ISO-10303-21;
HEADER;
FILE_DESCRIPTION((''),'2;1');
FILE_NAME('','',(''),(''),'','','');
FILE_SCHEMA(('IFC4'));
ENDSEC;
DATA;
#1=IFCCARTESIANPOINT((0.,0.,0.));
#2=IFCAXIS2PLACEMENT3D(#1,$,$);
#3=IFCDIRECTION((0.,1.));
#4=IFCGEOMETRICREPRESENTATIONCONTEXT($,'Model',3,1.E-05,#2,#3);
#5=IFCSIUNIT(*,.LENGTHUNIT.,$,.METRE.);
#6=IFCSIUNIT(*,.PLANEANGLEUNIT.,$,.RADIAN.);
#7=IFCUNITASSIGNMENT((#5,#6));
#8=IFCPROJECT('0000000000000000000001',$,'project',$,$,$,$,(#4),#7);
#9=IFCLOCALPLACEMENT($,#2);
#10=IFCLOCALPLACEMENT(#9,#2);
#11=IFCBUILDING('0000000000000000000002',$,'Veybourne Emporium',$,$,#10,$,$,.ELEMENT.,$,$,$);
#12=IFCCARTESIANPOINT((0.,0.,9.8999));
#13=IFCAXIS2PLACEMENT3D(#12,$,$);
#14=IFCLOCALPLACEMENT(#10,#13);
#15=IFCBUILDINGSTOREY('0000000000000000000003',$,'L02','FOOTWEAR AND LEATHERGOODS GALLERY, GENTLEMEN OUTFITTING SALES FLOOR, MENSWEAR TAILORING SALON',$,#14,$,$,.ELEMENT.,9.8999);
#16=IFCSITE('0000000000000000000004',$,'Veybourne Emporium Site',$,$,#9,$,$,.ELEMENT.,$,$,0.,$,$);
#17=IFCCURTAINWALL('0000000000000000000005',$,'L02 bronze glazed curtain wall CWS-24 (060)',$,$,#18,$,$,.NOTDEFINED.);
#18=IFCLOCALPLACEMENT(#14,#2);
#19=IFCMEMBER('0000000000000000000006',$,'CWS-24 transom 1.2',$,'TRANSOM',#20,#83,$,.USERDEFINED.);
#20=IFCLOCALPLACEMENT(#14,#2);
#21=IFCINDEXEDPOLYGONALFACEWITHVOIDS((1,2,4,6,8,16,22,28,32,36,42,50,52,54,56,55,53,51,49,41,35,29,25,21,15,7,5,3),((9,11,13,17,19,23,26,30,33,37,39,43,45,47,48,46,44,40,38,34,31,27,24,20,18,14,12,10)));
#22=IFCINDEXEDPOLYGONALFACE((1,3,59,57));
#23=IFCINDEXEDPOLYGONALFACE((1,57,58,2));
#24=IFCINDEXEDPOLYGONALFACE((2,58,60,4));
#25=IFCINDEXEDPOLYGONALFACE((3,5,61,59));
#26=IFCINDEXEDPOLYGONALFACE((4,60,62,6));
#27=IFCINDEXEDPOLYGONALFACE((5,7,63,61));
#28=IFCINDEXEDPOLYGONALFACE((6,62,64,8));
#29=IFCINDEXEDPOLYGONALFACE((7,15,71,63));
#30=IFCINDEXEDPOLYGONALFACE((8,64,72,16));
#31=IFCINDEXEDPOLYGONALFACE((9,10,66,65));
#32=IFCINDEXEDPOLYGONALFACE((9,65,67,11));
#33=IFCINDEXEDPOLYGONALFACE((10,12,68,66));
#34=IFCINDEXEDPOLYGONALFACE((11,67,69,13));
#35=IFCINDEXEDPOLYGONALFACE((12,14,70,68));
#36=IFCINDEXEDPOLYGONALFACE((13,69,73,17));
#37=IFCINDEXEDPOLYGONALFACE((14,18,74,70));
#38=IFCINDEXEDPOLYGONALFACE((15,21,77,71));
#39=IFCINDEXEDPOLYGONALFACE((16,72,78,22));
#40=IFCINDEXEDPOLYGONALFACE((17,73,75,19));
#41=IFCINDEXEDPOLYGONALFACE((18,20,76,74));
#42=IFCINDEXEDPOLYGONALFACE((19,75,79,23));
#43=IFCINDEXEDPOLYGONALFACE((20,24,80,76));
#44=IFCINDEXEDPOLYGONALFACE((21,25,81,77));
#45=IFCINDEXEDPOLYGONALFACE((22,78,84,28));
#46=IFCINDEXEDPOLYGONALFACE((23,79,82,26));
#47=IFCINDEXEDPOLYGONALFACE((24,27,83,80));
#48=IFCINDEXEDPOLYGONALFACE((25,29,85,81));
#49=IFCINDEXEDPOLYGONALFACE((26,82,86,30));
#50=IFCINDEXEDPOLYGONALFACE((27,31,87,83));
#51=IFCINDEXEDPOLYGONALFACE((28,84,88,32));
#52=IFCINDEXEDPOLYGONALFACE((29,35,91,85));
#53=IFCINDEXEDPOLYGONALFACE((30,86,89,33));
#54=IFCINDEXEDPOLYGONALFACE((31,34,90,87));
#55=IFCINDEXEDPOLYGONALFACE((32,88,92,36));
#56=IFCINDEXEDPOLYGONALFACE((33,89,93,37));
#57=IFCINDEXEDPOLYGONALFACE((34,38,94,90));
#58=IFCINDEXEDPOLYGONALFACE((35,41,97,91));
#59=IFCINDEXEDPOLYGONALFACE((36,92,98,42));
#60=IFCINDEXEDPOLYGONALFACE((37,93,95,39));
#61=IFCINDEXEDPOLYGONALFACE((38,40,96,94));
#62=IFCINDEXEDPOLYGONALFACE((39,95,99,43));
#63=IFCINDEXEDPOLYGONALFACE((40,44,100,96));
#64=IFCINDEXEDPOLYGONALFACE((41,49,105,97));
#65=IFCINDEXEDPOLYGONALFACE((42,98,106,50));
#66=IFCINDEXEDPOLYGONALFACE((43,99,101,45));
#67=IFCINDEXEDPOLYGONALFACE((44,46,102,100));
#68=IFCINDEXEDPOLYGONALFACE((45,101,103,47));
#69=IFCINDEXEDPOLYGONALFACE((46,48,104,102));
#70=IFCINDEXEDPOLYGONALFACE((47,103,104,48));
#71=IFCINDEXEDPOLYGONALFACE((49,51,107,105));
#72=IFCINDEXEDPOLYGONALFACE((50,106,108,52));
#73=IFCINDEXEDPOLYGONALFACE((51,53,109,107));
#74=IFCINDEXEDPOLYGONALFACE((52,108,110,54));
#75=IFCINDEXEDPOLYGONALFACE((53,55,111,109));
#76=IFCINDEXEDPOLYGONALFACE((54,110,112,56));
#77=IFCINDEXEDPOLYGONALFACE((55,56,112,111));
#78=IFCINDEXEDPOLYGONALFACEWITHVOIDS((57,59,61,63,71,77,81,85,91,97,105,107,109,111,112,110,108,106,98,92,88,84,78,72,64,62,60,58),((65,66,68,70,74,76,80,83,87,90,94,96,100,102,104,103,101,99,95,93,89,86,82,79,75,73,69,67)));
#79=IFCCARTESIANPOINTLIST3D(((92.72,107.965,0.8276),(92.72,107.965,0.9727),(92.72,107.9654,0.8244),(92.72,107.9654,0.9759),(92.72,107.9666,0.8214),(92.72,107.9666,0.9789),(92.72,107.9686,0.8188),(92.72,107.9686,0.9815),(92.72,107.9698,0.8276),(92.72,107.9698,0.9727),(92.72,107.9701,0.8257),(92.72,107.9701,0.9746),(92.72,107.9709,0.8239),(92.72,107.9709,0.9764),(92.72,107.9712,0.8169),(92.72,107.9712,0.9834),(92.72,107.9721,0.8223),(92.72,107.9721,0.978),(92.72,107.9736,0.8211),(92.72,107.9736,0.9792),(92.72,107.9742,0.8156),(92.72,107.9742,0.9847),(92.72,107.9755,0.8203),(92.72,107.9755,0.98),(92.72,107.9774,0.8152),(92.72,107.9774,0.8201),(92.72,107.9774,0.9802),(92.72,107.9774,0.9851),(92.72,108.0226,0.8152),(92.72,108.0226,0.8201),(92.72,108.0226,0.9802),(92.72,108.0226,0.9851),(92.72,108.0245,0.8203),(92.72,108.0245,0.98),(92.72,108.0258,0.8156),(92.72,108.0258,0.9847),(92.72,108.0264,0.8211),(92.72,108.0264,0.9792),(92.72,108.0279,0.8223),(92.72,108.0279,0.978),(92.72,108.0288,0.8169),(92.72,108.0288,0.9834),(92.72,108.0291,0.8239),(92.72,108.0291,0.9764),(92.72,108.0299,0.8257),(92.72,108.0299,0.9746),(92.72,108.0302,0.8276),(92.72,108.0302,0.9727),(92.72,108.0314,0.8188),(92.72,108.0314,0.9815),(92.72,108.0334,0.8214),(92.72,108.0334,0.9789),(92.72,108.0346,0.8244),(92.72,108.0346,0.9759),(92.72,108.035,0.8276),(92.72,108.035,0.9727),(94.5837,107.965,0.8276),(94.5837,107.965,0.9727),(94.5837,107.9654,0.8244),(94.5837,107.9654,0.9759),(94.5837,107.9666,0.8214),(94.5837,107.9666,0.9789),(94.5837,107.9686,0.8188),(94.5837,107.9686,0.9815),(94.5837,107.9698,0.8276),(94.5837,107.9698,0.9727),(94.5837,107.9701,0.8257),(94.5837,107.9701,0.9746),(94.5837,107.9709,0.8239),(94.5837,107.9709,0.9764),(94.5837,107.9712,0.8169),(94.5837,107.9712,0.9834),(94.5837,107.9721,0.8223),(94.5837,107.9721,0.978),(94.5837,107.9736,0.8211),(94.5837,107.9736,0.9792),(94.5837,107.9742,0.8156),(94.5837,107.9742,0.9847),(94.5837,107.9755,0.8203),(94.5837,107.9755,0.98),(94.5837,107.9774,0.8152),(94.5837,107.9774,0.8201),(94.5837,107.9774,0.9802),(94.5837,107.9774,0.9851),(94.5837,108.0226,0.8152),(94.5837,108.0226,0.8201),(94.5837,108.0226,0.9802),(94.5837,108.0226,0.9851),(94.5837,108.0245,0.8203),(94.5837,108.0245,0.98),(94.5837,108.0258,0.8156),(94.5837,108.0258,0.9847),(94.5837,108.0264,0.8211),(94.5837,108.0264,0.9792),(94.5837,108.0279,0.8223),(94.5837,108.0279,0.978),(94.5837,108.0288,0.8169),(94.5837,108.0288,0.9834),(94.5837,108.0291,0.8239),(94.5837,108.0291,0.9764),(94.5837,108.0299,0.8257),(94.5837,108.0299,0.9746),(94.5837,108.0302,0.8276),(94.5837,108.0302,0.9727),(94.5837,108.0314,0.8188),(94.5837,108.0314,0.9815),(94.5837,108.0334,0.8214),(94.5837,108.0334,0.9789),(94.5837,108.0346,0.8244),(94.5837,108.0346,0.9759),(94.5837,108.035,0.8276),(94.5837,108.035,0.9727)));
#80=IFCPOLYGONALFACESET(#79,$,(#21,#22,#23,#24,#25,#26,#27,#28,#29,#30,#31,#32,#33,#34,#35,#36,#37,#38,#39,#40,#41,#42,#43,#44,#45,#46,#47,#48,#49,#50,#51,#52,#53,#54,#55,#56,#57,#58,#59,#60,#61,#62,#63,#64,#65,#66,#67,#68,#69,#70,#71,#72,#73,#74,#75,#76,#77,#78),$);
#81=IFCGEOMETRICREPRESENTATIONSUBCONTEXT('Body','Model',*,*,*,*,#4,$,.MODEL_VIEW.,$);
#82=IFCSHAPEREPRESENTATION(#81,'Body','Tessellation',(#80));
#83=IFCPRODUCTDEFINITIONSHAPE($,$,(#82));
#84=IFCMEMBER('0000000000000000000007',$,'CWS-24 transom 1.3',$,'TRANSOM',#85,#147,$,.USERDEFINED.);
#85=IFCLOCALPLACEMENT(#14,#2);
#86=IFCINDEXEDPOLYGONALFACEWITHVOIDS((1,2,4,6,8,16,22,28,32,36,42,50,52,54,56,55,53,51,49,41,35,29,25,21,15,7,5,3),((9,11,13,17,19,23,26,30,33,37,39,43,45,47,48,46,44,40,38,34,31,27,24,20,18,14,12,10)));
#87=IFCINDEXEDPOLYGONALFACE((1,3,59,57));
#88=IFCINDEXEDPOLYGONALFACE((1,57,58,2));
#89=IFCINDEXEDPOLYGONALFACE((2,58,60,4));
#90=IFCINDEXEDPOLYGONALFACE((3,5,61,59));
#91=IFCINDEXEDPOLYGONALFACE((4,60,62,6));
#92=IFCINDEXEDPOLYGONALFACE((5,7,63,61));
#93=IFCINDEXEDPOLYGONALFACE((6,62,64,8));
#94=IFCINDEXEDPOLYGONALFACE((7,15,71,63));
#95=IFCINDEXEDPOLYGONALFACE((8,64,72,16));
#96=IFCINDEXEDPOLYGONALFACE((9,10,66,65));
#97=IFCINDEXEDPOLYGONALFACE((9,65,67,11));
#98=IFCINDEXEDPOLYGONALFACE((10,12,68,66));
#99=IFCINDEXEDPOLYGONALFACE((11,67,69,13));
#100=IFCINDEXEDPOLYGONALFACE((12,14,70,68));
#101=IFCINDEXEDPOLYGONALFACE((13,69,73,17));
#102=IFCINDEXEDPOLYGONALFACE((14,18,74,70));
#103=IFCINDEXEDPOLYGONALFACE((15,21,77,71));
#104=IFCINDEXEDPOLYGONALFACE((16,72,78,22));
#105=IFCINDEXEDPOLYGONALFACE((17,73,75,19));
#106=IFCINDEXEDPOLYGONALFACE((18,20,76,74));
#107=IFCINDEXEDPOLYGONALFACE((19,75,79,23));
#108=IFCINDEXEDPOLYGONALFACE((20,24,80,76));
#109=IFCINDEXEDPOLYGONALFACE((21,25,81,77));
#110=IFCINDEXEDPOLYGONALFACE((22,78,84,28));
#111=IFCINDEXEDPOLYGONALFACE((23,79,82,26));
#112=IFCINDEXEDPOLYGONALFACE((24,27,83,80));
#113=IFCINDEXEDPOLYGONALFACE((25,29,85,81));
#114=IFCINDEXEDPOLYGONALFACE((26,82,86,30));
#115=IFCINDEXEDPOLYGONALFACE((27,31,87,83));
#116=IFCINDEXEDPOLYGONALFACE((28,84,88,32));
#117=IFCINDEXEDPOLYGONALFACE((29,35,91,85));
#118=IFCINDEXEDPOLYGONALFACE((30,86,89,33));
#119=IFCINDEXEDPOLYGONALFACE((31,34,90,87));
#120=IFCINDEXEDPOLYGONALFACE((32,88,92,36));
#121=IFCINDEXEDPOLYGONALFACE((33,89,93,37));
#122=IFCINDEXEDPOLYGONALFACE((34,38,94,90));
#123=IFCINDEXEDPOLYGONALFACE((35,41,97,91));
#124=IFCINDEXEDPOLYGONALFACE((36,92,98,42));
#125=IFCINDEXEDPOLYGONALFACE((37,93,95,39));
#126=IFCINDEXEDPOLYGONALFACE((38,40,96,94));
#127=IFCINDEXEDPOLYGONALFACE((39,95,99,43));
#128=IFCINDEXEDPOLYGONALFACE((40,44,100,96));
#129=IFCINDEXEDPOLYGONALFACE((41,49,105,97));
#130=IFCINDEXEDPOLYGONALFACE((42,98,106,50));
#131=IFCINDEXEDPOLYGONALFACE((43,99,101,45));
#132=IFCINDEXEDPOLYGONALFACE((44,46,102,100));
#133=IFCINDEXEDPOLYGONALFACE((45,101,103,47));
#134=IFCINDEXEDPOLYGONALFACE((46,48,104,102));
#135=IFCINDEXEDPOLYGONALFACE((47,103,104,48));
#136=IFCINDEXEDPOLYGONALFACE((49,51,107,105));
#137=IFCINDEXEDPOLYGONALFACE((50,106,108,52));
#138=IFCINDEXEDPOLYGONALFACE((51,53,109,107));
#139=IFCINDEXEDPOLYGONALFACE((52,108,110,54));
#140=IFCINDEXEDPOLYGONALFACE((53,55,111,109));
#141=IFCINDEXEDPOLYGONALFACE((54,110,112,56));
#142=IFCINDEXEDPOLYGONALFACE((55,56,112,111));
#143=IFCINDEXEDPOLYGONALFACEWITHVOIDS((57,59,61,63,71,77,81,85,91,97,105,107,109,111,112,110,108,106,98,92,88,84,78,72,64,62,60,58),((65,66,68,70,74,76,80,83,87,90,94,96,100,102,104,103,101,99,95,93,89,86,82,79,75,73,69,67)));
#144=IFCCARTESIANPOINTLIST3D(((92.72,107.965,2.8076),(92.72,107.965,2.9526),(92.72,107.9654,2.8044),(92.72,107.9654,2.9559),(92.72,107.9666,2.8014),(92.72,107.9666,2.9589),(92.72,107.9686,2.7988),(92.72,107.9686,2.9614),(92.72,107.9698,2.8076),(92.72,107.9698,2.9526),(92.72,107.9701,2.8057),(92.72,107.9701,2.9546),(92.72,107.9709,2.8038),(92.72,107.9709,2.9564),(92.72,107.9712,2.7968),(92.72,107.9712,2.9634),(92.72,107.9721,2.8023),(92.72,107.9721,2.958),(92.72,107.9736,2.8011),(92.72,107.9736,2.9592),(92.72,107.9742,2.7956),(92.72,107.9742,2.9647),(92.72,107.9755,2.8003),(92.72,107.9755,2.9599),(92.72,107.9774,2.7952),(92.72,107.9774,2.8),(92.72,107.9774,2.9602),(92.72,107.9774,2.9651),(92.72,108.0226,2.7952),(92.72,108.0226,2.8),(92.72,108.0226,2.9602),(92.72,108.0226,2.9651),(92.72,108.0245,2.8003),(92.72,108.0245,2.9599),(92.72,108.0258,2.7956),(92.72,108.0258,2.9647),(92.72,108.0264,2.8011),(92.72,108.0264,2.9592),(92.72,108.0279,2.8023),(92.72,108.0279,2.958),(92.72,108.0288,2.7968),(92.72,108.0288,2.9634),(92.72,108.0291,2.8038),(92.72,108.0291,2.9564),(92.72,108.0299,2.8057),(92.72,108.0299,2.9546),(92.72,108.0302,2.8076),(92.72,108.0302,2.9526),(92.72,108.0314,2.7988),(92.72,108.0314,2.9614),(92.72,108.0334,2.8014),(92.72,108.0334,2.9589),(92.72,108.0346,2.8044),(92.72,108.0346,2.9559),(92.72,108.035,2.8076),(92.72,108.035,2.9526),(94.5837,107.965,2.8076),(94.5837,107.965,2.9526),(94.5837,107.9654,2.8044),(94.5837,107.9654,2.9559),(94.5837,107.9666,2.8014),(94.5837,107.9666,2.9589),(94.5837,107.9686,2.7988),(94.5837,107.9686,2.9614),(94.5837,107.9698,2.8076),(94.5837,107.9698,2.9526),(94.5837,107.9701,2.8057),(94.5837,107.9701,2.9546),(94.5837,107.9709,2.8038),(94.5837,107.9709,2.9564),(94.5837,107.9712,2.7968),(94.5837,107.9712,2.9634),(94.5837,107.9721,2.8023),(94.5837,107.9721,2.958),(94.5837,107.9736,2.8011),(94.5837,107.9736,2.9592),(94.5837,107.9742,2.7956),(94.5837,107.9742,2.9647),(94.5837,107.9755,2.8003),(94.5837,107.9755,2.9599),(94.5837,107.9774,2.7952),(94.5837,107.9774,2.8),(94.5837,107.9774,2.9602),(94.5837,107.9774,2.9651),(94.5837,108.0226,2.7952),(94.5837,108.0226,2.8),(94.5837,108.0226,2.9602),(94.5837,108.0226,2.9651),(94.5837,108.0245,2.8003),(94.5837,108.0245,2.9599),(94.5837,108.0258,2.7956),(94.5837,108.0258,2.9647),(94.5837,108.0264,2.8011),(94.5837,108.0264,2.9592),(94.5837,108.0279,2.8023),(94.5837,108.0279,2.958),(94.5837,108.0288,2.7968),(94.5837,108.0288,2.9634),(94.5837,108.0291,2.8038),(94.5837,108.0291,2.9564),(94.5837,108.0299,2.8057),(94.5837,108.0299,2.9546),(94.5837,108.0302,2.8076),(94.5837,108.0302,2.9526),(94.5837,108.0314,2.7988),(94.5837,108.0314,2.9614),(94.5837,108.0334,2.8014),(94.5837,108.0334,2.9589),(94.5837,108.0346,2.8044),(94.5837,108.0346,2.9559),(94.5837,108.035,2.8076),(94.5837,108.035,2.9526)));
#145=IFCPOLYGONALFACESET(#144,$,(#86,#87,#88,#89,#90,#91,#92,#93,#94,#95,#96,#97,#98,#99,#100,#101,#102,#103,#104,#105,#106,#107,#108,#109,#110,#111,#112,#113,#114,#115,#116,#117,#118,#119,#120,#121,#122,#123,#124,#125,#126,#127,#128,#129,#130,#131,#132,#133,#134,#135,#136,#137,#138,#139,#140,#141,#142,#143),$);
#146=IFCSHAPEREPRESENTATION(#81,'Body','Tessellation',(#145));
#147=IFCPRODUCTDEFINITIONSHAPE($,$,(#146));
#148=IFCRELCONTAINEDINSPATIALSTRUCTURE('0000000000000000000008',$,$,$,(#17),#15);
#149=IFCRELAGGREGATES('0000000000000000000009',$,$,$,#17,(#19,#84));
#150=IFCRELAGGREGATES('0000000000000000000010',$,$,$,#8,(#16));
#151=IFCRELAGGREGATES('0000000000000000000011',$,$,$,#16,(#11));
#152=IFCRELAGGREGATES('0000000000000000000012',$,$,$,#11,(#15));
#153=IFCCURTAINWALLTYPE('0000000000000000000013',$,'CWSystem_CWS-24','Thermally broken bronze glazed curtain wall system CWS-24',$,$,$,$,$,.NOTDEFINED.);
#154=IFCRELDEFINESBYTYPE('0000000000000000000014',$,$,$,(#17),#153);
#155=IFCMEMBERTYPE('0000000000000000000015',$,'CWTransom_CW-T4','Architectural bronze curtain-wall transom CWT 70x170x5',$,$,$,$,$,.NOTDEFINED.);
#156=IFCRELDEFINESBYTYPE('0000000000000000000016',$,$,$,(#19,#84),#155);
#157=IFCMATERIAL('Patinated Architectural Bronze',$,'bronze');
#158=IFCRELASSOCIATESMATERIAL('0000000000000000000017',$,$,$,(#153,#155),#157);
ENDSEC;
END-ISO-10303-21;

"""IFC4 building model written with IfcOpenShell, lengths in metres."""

from ifc_helpers import new_model, si_unit, direction, frame, origin, origin_2d, place, context, subcontext, project, spatial, hollow_rectangle, extrude, material, material_profile, profile_set, type_object, element, aggregate, save


model = new_model("IFC4")

# Units and contexts
model_context = context("Model", 3, precision=1e-05, world=origin(), true_north=direction((0.0, 1.0)))
body_context = subcontext(model_context, "Body", "Model", "MODEL_VIEW")
ifc_project = project(units=[si_unit("LENGTHUNIT", "METRE"), si_unit("PLANEANGLEUNIT", "RADIAN")], contexts=[model_context])

# Site, building, storey
site_placement = place(None, origin())
site = spatial("IfcSite", under=ifc_project, at=site_placement, Name="Veybourne Emporium Site", CompositionType="ELEMENT", RefElevation=0.0)
building_placement = place(site_placement, origin())
building = spatial("IfcBuilding", under=site, at=building_placement, Name="Veybourne Emporium", CompositionType="ELEMENT")
storey_placement = place(building_placement, frame((0.0, 0.0, 9.8999)))
storey = spatial("IfcBuildingStorey", under=building, at=storey_placement, Name="L02", Description="FOOTWEAR AND LEATHERGOODS GALLERY, GENTLEMEN OUTFITTING SALES FLOOR, MENSWEAR TAILORING SALON", CompositionType="ELEMENT", Elevation=9.8999)

# Curtain wall
ifc_material_1 = material(Name="Patinated Architectural Bronze", Category="bronze")
curtain_wall_type_1 = type_object("IfcCurtainWallType", Name="CWSystem_CWS-24", Description="Thermally broken bronze glazed curtain wall system CWS-24", PredefinedType="NOTDEFINED", material=ifc_material_1)
curtain_wall_1_placement = place(storey_placement, origin())
curtain_wall_1 = element("IfcCurtainWall", 1, at=curtain_wall_1_placement, inside=storey, type_object=curtain_wall_type_1, Name="L02 bronze glazed curtain wall CWS-24 (060)", PredefinedType="NOTDEFINED")

# Members
ifc_material_profile_1 = material_profile(ifc_material_1, hollow_rectangle(XDim=0.0701, YDim=0.1699, WallThickness=0.0049, InnerFilletRadius=0.0076, OuterFilletRadius=0.0125, at=origin_2d()), Name="CWT 70x170x5")
ifc_profile_set_1 = profile_set([ifc_material_profile_1], Name="Patinated Architectural Bronze")
member_type_1 = type_object("IfcMemberType", Name="CWTransom_CW-T4", Description="Architectural bronze curtain-wall transom CWT 70x170x5", PredefinedType="NOTDEFINED", material=ifc_profile_set_1)
member_1_placement = place(storey_placement, frame((92.72, 108.0, 0.9001), z_axis=(1.0, 0.0, 0.0), x_axis=(0.0, 1.0, 0.0)))
member_1 = element("IfcMember", 2, at=member_1_placement, type_object=member_type_1, Name="CWS-24 transom 1.2", ObjectType="TRANSOM", PredefinedType="USERDEFINED", context=body_context, shape_type="SweptSolid", body=[
    extrude(hollow_rectangle(XDim=0.0701, YDim=0.1699, WallThickness=0.0049, InnerFilletRadius=0.0076, OuterFilletRadius=0.0125, at=origin_2d()), origin(), (0.0, 0.0, 1.0), 1.8638),
])
member_2_placement = place(storey_placement, frame((92.72, 108.0, 2.8801), z_axis=(1.0, 0.0, 0.0), x_axis=(0.0, 1.0, 0.0)))
member_2 = element("IfcMember", 3, at=member_2_placement, type_object=member_type_1, Name="CWS-24 transom 1.3", ObjectType="TRANSOM", PredefinedType="USERDEFINED", context=body_context, shape_type="SweptSolid", body=[
    extrude(hollow_rectangle(XDim=0.0701, YDim=0.1699, WallThickness=0.0049, InnerFilletRadius=0.0076, OuterFilletRadius=0.0125, at=origin_2d()), origin(), (0.0, 0.0, 1.0), 1.8638),
])
aggregate(curtain_wall_1, [member_1, member_2])

save(model, "model.ifc")
